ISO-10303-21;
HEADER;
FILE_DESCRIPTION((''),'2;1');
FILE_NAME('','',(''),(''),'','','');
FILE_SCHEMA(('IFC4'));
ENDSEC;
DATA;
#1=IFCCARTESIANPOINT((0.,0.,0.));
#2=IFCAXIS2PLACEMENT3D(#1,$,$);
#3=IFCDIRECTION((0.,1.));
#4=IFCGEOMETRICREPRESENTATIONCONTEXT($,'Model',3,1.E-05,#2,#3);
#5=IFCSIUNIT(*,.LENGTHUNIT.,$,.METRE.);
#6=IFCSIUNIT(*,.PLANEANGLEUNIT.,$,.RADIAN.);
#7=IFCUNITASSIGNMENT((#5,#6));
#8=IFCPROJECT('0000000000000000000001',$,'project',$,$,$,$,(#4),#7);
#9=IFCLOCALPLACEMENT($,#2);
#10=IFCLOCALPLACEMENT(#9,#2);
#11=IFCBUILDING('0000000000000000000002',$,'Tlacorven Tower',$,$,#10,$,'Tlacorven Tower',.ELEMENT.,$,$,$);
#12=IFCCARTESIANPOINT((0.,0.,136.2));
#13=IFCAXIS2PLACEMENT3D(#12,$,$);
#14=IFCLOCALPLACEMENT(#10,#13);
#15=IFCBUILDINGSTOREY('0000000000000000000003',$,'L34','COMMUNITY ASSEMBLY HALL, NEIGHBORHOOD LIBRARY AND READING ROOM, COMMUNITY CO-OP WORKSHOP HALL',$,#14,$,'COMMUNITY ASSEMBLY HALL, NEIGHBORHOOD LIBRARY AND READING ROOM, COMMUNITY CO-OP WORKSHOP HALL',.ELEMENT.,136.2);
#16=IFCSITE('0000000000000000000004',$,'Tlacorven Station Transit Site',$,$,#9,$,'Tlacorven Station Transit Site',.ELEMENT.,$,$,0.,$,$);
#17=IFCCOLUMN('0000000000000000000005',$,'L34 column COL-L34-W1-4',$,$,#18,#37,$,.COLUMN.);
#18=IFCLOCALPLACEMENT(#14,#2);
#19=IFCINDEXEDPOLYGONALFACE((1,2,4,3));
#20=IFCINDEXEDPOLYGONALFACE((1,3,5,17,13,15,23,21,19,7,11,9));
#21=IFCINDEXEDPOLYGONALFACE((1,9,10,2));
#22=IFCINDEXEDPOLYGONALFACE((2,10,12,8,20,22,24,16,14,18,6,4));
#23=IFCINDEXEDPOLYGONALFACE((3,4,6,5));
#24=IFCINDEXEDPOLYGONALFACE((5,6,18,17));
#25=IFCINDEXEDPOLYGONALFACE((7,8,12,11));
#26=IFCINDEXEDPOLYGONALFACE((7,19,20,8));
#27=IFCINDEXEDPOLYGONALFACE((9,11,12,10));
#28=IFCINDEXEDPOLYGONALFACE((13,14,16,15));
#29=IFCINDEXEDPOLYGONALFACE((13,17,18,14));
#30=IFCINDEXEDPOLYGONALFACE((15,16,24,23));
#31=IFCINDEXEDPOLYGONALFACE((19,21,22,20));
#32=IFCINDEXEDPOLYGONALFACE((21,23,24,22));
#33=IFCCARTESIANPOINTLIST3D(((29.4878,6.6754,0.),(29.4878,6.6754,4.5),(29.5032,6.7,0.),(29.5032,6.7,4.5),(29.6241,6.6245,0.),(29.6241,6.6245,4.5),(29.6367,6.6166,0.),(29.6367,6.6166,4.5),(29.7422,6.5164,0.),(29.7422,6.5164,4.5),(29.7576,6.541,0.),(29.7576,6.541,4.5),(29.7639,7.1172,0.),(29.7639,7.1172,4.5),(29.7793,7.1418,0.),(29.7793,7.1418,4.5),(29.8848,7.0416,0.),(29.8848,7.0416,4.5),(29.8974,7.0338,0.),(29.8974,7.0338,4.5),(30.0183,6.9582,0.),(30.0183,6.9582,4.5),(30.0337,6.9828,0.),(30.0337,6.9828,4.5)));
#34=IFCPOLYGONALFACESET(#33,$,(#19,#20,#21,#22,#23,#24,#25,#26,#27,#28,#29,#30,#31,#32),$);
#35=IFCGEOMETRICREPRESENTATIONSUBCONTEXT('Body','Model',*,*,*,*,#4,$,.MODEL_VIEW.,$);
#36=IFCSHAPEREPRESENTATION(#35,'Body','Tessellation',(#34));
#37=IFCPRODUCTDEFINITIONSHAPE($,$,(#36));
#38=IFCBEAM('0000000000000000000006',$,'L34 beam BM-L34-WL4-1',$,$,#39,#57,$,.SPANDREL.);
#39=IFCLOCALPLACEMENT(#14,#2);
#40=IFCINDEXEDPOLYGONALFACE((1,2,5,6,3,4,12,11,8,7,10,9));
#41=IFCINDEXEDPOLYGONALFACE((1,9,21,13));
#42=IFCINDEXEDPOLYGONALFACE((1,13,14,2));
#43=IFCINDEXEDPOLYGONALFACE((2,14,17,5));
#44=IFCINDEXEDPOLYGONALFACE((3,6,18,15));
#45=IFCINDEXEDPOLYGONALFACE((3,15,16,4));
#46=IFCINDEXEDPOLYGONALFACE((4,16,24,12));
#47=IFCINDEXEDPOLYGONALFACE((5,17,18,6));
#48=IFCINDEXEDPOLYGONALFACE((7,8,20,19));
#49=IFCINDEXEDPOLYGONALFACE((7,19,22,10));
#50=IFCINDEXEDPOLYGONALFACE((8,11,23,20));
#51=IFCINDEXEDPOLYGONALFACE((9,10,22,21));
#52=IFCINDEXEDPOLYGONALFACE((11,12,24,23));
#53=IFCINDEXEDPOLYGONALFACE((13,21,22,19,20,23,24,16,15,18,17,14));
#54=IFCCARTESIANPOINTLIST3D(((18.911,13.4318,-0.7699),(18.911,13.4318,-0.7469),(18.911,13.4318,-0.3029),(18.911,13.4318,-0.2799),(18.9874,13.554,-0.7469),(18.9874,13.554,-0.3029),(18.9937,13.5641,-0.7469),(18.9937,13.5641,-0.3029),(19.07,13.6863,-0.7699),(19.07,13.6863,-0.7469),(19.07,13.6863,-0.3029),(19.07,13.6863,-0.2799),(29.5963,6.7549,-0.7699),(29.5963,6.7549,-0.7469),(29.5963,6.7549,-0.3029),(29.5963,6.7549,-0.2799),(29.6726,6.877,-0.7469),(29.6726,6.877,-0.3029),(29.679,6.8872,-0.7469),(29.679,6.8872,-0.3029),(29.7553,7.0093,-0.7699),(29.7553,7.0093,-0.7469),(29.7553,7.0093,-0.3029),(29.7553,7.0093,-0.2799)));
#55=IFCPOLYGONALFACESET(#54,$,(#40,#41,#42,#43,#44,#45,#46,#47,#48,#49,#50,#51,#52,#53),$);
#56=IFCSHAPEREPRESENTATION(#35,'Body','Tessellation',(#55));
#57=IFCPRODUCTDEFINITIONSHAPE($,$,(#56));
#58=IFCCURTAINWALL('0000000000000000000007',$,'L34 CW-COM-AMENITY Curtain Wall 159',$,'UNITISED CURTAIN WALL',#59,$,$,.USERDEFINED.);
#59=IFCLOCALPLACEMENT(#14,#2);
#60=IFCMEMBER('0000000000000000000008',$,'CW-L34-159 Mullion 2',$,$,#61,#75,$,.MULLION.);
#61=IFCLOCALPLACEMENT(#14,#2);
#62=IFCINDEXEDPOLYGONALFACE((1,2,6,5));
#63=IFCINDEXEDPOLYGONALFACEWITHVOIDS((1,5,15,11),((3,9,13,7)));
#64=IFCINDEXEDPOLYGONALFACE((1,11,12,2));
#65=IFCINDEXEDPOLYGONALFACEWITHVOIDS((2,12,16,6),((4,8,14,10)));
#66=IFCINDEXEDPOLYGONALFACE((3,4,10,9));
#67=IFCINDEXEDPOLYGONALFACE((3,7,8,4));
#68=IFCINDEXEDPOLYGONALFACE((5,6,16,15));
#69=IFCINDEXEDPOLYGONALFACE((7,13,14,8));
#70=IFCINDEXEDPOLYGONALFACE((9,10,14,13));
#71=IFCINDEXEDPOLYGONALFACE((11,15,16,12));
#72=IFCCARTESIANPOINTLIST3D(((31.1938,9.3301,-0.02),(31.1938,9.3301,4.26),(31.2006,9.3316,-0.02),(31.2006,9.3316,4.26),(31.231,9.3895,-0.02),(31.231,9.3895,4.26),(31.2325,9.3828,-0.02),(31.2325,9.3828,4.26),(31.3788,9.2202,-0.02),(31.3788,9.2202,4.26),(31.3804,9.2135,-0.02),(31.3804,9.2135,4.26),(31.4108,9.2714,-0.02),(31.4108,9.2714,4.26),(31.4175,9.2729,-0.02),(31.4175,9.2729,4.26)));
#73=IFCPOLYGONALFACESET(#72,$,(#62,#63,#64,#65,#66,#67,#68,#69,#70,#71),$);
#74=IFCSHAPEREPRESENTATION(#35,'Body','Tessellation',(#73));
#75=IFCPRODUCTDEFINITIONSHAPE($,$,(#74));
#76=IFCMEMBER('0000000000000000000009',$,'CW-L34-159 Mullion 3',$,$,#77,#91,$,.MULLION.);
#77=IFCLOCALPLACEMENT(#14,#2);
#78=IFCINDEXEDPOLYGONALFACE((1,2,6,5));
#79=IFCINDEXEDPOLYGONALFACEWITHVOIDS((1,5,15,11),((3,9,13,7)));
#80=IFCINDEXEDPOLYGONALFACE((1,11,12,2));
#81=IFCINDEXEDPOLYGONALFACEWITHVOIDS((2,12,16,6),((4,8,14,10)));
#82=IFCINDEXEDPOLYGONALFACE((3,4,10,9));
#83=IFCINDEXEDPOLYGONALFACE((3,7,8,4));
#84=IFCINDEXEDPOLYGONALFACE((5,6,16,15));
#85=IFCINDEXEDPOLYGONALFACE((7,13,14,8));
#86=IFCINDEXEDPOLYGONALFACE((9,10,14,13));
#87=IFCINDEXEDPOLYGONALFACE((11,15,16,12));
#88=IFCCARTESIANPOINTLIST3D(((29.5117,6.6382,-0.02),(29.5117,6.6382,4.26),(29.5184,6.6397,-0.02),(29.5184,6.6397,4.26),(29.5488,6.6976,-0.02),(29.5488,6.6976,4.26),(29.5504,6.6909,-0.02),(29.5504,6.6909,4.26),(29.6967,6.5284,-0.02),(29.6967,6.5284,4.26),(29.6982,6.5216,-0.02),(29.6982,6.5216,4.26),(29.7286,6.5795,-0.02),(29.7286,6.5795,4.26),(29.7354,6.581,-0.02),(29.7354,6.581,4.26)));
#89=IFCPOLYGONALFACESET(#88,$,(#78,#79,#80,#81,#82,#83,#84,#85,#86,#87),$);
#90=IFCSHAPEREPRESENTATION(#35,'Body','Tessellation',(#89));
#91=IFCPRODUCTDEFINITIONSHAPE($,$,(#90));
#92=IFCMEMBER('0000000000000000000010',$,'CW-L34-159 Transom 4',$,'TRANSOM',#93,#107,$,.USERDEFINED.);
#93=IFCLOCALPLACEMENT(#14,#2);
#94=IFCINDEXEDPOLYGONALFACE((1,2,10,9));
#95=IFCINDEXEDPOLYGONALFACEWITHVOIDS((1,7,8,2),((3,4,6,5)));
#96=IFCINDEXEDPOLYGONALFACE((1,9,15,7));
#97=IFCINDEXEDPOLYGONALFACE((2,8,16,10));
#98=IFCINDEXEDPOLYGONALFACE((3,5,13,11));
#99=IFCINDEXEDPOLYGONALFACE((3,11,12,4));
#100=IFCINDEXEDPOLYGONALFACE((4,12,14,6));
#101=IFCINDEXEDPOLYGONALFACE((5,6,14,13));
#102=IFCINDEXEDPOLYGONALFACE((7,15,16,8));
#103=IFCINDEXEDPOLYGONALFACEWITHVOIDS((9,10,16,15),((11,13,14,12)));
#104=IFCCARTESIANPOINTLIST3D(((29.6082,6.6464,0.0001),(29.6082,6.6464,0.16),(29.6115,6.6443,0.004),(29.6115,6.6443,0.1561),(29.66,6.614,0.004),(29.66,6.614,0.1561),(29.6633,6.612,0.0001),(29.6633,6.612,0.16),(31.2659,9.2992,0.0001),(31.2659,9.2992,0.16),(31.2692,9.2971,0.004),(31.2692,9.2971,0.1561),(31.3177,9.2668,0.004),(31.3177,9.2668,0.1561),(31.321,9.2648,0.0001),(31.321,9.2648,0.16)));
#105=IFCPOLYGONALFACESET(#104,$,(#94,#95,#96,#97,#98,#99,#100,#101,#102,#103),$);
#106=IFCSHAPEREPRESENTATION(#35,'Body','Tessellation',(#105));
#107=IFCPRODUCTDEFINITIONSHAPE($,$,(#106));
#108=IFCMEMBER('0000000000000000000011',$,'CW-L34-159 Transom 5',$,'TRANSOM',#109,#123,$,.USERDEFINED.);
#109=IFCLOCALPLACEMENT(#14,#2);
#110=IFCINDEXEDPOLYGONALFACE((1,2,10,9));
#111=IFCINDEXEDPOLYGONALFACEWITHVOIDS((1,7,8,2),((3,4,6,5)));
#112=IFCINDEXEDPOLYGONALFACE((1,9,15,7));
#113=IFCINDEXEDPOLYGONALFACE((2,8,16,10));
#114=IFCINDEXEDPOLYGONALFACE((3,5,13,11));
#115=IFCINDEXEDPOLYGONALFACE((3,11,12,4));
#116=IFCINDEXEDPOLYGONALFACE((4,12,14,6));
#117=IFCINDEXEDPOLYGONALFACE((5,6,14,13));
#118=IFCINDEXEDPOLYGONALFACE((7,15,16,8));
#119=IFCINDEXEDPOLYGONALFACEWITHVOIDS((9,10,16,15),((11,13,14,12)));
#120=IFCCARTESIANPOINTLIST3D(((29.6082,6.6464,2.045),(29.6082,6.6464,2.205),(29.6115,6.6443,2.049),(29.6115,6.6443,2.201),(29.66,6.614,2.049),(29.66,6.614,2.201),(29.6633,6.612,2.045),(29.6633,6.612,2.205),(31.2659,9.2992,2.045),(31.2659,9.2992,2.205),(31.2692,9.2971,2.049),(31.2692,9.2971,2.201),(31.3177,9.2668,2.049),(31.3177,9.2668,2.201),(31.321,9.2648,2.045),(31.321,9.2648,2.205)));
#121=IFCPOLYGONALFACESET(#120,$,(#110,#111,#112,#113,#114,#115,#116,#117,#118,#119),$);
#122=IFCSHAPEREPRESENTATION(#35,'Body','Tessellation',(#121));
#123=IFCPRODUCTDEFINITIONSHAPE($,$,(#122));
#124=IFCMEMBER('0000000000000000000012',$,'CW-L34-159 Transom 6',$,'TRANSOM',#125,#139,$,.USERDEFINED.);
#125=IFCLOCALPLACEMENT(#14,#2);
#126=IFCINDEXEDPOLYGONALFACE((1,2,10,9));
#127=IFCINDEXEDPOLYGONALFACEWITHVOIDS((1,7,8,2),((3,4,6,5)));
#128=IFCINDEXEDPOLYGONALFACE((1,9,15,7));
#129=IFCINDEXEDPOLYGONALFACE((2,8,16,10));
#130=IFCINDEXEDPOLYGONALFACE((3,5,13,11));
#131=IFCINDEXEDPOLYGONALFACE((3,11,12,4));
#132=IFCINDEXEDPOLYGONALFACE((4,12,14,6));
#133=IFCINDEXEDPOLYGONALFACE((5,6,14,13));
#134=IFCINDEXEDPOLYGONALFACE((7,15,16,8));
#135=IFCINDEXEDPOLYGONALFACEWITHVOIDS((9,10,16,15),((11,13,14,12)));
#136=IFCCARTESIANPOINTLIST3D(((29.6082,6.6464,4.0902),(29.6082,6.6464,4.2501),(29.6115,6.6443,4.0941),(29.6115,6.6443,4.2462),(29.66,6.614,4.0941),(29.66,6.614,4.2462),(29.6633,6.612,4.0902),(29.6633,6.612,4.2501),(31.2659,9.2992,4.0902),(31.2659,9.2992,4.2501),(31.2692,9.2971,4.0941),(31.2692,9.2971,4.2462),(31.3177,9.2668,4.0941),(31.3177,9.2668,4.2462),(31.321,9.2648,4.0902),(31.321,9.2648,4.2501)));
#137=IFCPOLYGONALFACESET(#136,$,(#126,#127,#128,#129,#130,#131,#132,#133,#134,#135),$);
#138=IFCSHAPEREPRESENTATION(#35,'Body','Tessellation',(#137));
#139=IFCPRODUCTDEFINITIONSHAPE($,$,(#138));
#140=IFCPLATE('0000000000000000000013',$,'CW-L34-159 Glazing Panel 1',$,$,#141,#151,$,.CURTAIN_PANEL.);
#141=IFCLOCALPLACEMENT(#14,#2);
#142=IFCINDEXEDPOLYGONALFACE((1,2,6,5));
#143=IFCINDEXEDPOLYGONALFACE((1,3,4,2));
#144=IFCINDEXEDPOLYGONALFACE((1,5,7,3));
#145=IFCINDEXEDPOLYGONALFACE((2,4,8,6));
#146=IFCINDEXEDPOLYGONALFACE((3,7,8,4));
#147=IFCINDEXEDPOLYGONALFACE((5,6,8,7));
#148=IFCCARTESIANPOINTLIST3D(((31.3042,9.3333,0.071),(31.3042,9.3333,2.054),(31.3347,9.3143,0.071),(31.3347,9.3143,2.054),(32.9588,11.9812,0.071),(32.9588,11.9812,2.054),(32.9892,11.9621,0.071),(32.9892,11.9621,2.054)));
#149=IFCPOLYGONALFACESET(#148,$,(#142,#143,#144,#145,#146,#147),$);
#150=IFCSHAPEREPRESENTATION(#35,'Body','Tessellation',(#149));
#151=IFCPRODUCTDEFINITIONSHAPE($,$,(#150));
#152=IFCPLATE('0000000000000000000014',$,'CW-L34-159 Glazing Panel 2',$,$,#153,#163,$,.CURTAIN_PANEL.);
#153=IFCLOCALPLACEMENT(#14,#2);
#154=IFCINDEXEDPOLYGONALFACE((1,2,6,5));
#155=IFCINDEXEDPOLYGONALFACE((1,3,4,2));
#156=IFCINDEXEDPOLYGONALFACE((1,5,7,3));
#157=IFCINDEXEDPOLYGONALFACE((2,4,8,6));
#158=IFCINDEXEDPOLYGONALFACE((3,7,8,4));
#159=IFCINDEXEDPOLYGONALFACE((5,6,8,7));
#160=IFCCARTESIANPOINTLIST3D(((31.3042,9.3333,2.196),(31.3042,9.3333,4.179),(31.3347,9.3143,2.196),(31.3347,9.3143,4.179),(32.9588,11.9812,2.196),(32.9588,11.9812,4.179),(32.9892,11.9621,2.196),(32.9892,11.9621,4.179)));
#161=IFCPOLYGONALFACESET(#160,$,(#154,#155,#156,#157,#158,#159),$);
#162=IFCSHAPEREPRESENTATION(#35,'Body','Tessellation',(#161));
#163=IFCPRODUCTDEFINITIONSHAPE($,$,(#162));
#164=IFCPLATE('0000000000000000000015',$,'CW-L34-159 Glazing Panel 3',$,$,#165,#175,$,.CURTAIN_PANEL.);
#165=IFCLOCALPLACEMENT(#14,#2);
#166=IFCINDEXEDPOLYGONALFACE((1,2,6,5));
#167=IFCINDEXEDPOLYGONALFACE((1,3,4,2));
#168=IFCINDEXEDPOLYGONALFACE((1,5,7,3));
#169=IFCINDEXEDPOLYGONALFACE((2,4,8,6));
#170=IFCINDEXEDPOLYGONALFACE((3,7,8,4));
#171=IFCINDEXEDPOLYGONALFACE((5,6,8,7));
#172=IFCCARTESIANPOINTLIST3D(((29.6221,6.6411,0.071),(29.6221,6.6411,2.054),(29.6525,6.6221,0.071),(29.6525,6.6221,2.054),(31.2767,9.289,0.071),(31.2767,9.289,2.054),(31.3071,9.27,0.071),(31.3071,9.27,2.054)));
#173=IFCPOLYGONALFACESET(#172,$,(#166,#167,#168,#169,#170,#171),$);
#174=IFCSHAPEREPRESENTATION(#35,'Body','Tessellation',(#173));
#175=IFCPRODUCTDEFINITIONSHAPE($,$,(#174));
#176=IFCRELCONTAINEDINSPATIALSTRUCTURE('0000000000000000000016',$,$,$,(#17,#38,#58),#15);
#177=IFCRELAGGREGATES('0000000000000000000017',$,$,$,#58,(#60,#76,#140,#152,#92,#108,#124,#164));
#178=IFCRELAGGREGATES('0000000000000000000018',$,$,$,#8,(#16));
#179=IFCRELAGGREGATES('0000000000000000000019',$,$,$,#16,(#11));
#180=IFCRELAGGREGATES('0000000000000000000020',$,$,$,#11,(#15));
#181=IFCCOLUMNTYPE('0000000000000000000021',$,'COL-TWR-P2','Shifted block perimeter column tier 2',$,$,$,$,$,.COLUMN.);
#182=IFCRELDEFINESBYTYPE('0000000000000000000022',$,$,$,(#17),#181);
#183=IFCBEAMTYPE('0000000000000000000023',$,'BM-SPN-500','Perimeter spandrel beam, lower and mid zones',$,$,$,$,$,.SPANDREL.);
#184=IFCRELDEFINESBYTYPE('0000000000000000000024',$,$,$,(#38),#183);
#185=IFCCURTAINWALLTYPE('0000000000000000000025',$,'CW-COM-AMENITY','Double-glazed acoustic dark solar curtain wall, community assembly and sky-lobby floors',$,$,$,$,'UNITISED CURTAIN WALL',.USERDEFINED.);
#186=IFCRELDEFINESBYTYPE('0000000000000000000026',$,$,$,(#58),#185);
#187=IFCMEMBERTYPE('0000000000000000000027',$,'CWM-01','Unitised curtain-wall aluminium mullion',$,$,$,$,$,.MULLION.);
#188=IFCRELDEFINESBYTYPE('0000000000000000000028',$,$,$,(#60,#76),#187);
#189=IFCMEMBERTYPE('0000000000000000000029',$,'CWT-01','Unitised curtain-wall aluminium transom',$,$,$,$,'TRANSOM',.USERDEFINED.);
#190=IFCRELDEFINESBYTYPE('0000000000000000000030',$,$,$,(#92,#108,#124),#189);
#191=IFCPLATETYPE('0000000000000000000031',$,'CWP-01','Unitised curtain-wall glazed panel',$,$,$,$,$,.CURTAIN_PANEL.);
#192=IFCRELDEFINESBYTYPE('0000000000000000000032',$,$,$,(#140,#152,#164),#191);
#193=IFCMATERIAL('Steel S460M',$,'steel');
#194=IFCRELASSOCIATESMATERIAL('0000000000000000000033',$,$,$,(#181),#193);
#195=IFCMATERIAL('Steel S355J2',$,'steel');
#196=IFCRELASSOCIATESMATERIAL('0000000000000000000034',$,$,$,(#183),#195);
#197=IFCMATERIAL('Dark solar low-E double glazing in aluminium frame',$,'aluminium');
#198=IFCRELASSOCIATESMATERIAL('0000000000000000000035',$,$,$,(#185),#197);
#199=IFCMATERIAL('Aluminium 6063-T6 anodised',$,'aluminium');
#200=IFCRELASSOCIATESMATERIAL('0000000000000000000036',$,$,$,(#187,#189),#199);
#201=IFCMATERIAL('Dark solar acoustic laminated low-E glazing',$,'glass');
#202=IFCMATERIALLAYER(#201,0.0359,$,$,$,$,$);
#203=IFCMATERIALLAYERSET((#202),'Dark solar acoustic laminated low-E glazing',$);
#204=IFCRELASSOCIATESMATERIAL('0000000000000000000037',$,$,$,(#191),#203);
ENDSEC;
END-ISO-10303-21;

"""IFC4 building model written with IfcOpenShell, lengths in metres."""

from ifc_helpers import new_model, si_unit, direction, frame, origin, origin_2d, place, context, subcontext, project, spatial, rectangle, hollow_rectangle, i_section, extrude, source, transform, mapped, material, layer, layer_set, material_profile, profile_set, type_object, element, aggregate, save


model = new_model("IFC4")

# Units and contexts
model_context = context("Model", 3, precision=1e-05, world=origin(), true_north=direction((0.0, 1.0)))
body_context = subcontext(model_context, "Body", "Model", "MODEL_VIEW")
ifc_project = project(units=[si_unit("LENGTHUNIT", "METRE"), si_unit("PLANEANGLEUNIT", "RADIAN")], contexts=[model_context])

# Site, building, storey
site_placement = place(None, origin())
site = spatial("IfcSite", under=ifc_project, at=site_placement, Name="Tlacorven Station Transit Site", LongName="Tlacorven Station Transit Site", CompositionType="ELEMENT", RefElevation=0.0)
building_placement = place(site_placement, origin())
building = spatial("IfcBuilding", under=site, at=building_placement, Name="Tlacorven Tower", LongName="Tlacorven Tower", CompositionType="ELEMENT")
storey_placement = place(building_placement, frame((0.0, 0.0, 136.2)))
storey = spatial("IfcBuildingStorey", under=building, at=storey_placement, Name="L34", Description="COMMUNITY ASSEMBLY HALL, NEIGHBORHOOD LIBRARY AND READING ROOM, COMMUNITY CO-OP WORKSHOP HALL", LongName="COMMUNITY ASSEMBLY HALL, NEIGHBORHOOD LIBRARY AND READING ROOM, COMMUNITY CO-OP WORKSHOP HALL", CompositionType="ELEMENT", Elevation=136.2)

# Column
ifc_material_1 = material(Name="Steel S460M", Category="steel")
ifc_material_profile_1 = material_profile(ifc_material_1, i_section(OverallWidth=0.3, OverallDepth=0.55, WebThickness=0.0149, FlangeThickness=0.0291, at=origin_2d()), Name="HEB 550")
ifc_profile_set_1 = profile_set([ifc_material_profile_1], Name="Steel S460M")
column_type = type_object("IfcColumnType", Name="COL-TWR-P2", Description="Shifted block perimeter column tier 2", PredefinedType="COLUMN", material=ifc_profile_set_1)
shared_shape_1 = source(origin(), body_context, "Body", "SweptSolid", [
    extrude(i_section(OverallWidth=0.3, OverallDepth=0.55, WebThickness=0.0149, FlangeThickness=0.0291, at=origin_2d()), origin(), (0.0, 0.0, 1.0), 4.5),
])
column_placement = place(storey_placement, frame((29.7607, 6.8291, 0.0), z_axis=(0.0, 0.0, 1.0), x_axis=(-0.848048, 0.529919, 0.0)))
element("IfcColumn", 1, at=column_placement, inside=storey, type_object=column_type, Name="L34 column COL-L34-W1-4", PredefinedType="COLUMN", context=body_context, shape_type="MappedRepresentation", body=[
    mapped(shared_shape_1, transform((0.0, 0.0, 0.0), scale=1.0)),
])

# Beam
ifc_material_2 = material(Name="Steel S355J2", Category="steel")
ifc_material_profile_2 = material_profile(ifc_material_2, i_section(OverallWidth=0.3, OverallDepth=0.49, WebThickness=0.012, FlangeThickness=0.0229, at=origin_2d()), Name="HEA 500")
ifc_profile_set_2 = profile_set([ifc_material_profile_2], Name="Steel S355J2")
beam_type = type_object("IfcBeamType", Name="BM-SPN-500", Description="Perimeter spandrel beam, lower and mid zones", PredefinedType="SPANDREL", material=ifc_profile_set_2)
shared_shape_2 = source(origin(), body_context, "Body", "SweptSolid", [
    extrude(i_section(OverallWidth=0.3, OverallDepth=0.49, WebThickness=0.012, FlangeThickness=0.0229, at=origin_2d()), origin(), (0.0, 0.0, 1.0), 12.5999),
])
beam_placement = place(storey_placement, frame((29.6758, 6.8821, -0.5249), z_axis=(-0.848045, 0.529924, 0.0), x_axis=(-0.529924, -0.848045, 0.0)))
element("IfcBeam", 2, at=beam_placement, inside=storey, type_object=beam_type, Name="L34 beam BM-L34-WL4-1", PredefinedType="SPANDREL", context=body_context, shape_type="MappedRepresentation", body=[
    mapped(shared_shape_2, transform((0.0, 0.0, 0.0), scale=1.0)),
])

# Curtain wall, members, plates
ifc_material_3 = material(Name="Dark solar low-E double glazing in aluminium frame", Category="aluminium")
curtain_wall_type = type_object("IfcCurtainWallType", Name="CW-COM-AMENITY", Description="Double-glazed acoustic dark solar curtain wall, community assembly and sky-lobby floors", ElementType="UNITISED CURTAIN WALL", PredefinedType="USERDEFINED", material=ifc_material_3)
curtain_wall_placement = place(storey_placement, origin())
curtain_wall = element("IfcCurtainWall", 3, at=curtain_wall_placement, inside=storey, type_object=curtain_wall_type, Name="L34 CW-COM-AMENITY Curtain Wall 159", ObjectType="UNITISED CURTAIN WALL", PredefinedType="USERDEFINED")
ifc_material_4 = material(Name="Aluminium 6063-T6 anodised", Category="aluminium")
ifc_material_profile_3 = material_profile(ifc_material_4, hollow_rectangle(XDim=0.0701, YDim=0.22, WallThickness=0.0049, at=origin_2d()), Name="ALU MULLION 70X220")
ifc_profile_set_3 = profile_set([ifc_material_profile_3], Name="Aluminium 6063-T6 anodised")
member_type_1 = type_object("IfcMemberType", Name="CWM-01", Description="Unitised curtain-wall aluminium mullion", PredefinedType="MULLION", material=ifc_profile_set_3)
shared_shape_3 = source(origin(), body_context, "Body", "SweptSolid", [
    extrude(hollow_rectangle(XDim=0.0701, YDim=0.22, WallThickness=0.0049, at=origin_2d()), origin(), (0.0, 0.0, 1.0), 4.28),
])
member_1_placement = place(storey_placement, frame((31.3057, 9.3015, -0.02), z_axis=(0.0, 0.0, 1.0), x_axis=(-0.529919, -0.848048, 0.0)))
member_1 = element("IfcMember", 4, at=member_1_placement, type_object=member_type_1, Name="CW-L34-159 Mullion 2", PredefinedType="MULLION", context=body_context, shape_type="MappedRepresentation", body=[
    mapped(shared_shape_3, transform((0.0, 0.0, 0.0), scale=1.0)),
])
member_2_placement = place(storey_placement, frame((29.6235, 6.6096, -0.02), z_axis=(0.0, 0.0, 1.0), x_axis=(-0.529919, -0.848048, 0.0)))
member_2 = element("IfcMember", 5, at=member_2_placement, type_object=member_type_1, Name="CW-L34-159 Mullion 3", PredefinedType="MULLION", context=body_context, shape_type="MappedRepresentation", body=[
    mapped(shared_shape_3, transform((0.0, 0.0, 0.0), scale=1.0)),
])
ifc_material_profile_4 = material_profile(ifc_material_4, hollow_rectangle(XDim=0.0649, YDim=0.1599, WallThickness=0.0039, at=origin_2d()), Name="ALU TRANSOM 65X160")
ifc_profile_set_4 = profile_set([ifc_material_profile_4], Name="Aluminium 6063-T6 anodised")
member_type_2 = type_object("IfcMemberType", Name="CWT-01", Description="Unitised curtain-wall aluminium transom", ElementType="TRANSOM", PredefinedType="USERDEFINED", material=ifc_profile_set_4)
shared_shape_4 = source(origin(), body_context, "Body", "SweptSolid", [
    extrude(hollow_rectangle(XDim=0.0649, YDim=0.1599, WallThickness=0.0039, at=origin_2d()), origin(), (0.0, 0.0, 1.0), 3.1282),
])
member_3_placement = place(storey_placement, frame((31.2935, 9.282, 0.0801), z_axis=(-0.529929, -0.848042, 0.0), x_axis=(0.848042, -0.529929, 0.0)))
member_3 = element("IfcMember", 6, at=member_3_placement, type_object=member_type_2, Name="CW-L34-159 Transom 4", ObjectType="TRANSOM", PredefinedType="USERDEFINED", context=body_context, shape_type="MappedRepresentation", body=[
    mapped(shared_shape_4, transform((0.0, 0.0, 0.0), scale=1.0)),
])
member_4_placement = place(storey_placement, frame((31.2935, 9.282, 2.125), z_axis=(-0.529929, -0.848042, 0.0), x_axis=(0.848042, -0.529929, 0.0)))
member_4 = element("IfcMember", 7, at=member_4_placement, type_object=member_type_2, Name="CW-L34-159 Transom 5", ObjectType="TRANSOM", PredefinedType="USERDEFINED", context=body_context, shape_type="MappedRepresentation", body=[
    mapped(shared_shape_4, transform((0.0, 0.0, 0.0), scale=1.0)),
])
member_5_placement = place(storey_placement, frame((31.2935, 9.282, 4.1702), z_axis=(-0.529929, -0.848042, 0.0), x_axis=(0.848042, -0.529929, 0.0)))
member_5 = element("IfcMember", 8, at=member_5_placement, type_object=member_type_2, Name="CW-L34-159 Transom 6", ObjectType="TRANSOM", PredefinedType="USERDEFINED", context=body_context, shape_type="MappedRepresentation", body=[
    mapped(shared_shape_4, transform((0.0, 0.0, 0.0), scale=1.0)),
])
ifc_material_5 = material(Name="Dark solar acoustic laminated low-E glazing", Category="glass")
ifc_layer_1 = layer(ifc_material_5, 0.0359)
ifc_layer_set_1 = layer_set([ifc_layer_1], Name="Dark solar acoustic laminated low-E glazing")
plate_type = type_object("IfcPlateType", Name="CWP-01", Description="Unitised curtain-wall glazed panel", PredefinedType="CURTAIN_PANEL", material=ifc_layer_set_1)
shared_shape_5 = source(origin(), body_context, "Body", "SweptSolid", [
    extrude(rectangle(XDim=3.1223, YDim=0.0359, at=origin_2d()), origin(), (0.0, 0.0, 1.0), 1.9829),
])
plate_1_placement = place(storey_placement, frame((32.1467, 10.6477, 0.071), z_axis=(0.0, 0.0, 1.0), x_axis=(-0.529919, -0.848048, 0.0)))
plate_1 = element("IfcPlate", 9, at=plate_1_placement, type_object=plate_type, Name="CW-L34-159 Glazing Panel 1", PredefinedType="CURTAIN_PANEL", context=body_context, shape_type="MappedRepresentation", body=[
    mapped(shared_shape_5, transform((0.0, 0.0, 0.0), scale=1.0)),
])
plate_2_placement = place(storey_placement, frame((32.1467, 10.6477, 2.196), z_axis=(0.0, 0.0, 1.0), x_axis=(-0.529919, -0.848048, 0.0)))
plate_2 = element("IfcPlate", 10, at=plate_2_placement, type_object=plate_type, Name="CW-L34-159 Glazing Panel 2", PredefinedType="CURTAIN_PANEL", context=body_context, shape_type="MappedRepresentation", body=[
    mapped(shared_shape_5, transform((0.0, 0.0, 0.0), scale=1.0)),
])
plate_3_placement = place(storey_placement, frame((30.4646, 7.9556, 0.071), z_axis=(0.0, 0.0, 1.0), x_axis=(-0.529919, -0.848048, 0.0)))
plate_3 = element("IfcPlate", 11, at=plate_3_placement, type_object=plate_type, Name="CW-L34-159 Glazing Panel 3", PredefinedType="CURTAIN_PANEL", context=body_context, shape_type="MappedRepresentation", body=[
    mapped(shared_shape_5, transform((0.0, 0.0, 0.0), scale=1.0)),
])
aggregate(curtain_wall, [member_1, member_2, plate_1, plate_2, member_3, member_4, member_5, plate_3])

save(model, "model.ifc")
